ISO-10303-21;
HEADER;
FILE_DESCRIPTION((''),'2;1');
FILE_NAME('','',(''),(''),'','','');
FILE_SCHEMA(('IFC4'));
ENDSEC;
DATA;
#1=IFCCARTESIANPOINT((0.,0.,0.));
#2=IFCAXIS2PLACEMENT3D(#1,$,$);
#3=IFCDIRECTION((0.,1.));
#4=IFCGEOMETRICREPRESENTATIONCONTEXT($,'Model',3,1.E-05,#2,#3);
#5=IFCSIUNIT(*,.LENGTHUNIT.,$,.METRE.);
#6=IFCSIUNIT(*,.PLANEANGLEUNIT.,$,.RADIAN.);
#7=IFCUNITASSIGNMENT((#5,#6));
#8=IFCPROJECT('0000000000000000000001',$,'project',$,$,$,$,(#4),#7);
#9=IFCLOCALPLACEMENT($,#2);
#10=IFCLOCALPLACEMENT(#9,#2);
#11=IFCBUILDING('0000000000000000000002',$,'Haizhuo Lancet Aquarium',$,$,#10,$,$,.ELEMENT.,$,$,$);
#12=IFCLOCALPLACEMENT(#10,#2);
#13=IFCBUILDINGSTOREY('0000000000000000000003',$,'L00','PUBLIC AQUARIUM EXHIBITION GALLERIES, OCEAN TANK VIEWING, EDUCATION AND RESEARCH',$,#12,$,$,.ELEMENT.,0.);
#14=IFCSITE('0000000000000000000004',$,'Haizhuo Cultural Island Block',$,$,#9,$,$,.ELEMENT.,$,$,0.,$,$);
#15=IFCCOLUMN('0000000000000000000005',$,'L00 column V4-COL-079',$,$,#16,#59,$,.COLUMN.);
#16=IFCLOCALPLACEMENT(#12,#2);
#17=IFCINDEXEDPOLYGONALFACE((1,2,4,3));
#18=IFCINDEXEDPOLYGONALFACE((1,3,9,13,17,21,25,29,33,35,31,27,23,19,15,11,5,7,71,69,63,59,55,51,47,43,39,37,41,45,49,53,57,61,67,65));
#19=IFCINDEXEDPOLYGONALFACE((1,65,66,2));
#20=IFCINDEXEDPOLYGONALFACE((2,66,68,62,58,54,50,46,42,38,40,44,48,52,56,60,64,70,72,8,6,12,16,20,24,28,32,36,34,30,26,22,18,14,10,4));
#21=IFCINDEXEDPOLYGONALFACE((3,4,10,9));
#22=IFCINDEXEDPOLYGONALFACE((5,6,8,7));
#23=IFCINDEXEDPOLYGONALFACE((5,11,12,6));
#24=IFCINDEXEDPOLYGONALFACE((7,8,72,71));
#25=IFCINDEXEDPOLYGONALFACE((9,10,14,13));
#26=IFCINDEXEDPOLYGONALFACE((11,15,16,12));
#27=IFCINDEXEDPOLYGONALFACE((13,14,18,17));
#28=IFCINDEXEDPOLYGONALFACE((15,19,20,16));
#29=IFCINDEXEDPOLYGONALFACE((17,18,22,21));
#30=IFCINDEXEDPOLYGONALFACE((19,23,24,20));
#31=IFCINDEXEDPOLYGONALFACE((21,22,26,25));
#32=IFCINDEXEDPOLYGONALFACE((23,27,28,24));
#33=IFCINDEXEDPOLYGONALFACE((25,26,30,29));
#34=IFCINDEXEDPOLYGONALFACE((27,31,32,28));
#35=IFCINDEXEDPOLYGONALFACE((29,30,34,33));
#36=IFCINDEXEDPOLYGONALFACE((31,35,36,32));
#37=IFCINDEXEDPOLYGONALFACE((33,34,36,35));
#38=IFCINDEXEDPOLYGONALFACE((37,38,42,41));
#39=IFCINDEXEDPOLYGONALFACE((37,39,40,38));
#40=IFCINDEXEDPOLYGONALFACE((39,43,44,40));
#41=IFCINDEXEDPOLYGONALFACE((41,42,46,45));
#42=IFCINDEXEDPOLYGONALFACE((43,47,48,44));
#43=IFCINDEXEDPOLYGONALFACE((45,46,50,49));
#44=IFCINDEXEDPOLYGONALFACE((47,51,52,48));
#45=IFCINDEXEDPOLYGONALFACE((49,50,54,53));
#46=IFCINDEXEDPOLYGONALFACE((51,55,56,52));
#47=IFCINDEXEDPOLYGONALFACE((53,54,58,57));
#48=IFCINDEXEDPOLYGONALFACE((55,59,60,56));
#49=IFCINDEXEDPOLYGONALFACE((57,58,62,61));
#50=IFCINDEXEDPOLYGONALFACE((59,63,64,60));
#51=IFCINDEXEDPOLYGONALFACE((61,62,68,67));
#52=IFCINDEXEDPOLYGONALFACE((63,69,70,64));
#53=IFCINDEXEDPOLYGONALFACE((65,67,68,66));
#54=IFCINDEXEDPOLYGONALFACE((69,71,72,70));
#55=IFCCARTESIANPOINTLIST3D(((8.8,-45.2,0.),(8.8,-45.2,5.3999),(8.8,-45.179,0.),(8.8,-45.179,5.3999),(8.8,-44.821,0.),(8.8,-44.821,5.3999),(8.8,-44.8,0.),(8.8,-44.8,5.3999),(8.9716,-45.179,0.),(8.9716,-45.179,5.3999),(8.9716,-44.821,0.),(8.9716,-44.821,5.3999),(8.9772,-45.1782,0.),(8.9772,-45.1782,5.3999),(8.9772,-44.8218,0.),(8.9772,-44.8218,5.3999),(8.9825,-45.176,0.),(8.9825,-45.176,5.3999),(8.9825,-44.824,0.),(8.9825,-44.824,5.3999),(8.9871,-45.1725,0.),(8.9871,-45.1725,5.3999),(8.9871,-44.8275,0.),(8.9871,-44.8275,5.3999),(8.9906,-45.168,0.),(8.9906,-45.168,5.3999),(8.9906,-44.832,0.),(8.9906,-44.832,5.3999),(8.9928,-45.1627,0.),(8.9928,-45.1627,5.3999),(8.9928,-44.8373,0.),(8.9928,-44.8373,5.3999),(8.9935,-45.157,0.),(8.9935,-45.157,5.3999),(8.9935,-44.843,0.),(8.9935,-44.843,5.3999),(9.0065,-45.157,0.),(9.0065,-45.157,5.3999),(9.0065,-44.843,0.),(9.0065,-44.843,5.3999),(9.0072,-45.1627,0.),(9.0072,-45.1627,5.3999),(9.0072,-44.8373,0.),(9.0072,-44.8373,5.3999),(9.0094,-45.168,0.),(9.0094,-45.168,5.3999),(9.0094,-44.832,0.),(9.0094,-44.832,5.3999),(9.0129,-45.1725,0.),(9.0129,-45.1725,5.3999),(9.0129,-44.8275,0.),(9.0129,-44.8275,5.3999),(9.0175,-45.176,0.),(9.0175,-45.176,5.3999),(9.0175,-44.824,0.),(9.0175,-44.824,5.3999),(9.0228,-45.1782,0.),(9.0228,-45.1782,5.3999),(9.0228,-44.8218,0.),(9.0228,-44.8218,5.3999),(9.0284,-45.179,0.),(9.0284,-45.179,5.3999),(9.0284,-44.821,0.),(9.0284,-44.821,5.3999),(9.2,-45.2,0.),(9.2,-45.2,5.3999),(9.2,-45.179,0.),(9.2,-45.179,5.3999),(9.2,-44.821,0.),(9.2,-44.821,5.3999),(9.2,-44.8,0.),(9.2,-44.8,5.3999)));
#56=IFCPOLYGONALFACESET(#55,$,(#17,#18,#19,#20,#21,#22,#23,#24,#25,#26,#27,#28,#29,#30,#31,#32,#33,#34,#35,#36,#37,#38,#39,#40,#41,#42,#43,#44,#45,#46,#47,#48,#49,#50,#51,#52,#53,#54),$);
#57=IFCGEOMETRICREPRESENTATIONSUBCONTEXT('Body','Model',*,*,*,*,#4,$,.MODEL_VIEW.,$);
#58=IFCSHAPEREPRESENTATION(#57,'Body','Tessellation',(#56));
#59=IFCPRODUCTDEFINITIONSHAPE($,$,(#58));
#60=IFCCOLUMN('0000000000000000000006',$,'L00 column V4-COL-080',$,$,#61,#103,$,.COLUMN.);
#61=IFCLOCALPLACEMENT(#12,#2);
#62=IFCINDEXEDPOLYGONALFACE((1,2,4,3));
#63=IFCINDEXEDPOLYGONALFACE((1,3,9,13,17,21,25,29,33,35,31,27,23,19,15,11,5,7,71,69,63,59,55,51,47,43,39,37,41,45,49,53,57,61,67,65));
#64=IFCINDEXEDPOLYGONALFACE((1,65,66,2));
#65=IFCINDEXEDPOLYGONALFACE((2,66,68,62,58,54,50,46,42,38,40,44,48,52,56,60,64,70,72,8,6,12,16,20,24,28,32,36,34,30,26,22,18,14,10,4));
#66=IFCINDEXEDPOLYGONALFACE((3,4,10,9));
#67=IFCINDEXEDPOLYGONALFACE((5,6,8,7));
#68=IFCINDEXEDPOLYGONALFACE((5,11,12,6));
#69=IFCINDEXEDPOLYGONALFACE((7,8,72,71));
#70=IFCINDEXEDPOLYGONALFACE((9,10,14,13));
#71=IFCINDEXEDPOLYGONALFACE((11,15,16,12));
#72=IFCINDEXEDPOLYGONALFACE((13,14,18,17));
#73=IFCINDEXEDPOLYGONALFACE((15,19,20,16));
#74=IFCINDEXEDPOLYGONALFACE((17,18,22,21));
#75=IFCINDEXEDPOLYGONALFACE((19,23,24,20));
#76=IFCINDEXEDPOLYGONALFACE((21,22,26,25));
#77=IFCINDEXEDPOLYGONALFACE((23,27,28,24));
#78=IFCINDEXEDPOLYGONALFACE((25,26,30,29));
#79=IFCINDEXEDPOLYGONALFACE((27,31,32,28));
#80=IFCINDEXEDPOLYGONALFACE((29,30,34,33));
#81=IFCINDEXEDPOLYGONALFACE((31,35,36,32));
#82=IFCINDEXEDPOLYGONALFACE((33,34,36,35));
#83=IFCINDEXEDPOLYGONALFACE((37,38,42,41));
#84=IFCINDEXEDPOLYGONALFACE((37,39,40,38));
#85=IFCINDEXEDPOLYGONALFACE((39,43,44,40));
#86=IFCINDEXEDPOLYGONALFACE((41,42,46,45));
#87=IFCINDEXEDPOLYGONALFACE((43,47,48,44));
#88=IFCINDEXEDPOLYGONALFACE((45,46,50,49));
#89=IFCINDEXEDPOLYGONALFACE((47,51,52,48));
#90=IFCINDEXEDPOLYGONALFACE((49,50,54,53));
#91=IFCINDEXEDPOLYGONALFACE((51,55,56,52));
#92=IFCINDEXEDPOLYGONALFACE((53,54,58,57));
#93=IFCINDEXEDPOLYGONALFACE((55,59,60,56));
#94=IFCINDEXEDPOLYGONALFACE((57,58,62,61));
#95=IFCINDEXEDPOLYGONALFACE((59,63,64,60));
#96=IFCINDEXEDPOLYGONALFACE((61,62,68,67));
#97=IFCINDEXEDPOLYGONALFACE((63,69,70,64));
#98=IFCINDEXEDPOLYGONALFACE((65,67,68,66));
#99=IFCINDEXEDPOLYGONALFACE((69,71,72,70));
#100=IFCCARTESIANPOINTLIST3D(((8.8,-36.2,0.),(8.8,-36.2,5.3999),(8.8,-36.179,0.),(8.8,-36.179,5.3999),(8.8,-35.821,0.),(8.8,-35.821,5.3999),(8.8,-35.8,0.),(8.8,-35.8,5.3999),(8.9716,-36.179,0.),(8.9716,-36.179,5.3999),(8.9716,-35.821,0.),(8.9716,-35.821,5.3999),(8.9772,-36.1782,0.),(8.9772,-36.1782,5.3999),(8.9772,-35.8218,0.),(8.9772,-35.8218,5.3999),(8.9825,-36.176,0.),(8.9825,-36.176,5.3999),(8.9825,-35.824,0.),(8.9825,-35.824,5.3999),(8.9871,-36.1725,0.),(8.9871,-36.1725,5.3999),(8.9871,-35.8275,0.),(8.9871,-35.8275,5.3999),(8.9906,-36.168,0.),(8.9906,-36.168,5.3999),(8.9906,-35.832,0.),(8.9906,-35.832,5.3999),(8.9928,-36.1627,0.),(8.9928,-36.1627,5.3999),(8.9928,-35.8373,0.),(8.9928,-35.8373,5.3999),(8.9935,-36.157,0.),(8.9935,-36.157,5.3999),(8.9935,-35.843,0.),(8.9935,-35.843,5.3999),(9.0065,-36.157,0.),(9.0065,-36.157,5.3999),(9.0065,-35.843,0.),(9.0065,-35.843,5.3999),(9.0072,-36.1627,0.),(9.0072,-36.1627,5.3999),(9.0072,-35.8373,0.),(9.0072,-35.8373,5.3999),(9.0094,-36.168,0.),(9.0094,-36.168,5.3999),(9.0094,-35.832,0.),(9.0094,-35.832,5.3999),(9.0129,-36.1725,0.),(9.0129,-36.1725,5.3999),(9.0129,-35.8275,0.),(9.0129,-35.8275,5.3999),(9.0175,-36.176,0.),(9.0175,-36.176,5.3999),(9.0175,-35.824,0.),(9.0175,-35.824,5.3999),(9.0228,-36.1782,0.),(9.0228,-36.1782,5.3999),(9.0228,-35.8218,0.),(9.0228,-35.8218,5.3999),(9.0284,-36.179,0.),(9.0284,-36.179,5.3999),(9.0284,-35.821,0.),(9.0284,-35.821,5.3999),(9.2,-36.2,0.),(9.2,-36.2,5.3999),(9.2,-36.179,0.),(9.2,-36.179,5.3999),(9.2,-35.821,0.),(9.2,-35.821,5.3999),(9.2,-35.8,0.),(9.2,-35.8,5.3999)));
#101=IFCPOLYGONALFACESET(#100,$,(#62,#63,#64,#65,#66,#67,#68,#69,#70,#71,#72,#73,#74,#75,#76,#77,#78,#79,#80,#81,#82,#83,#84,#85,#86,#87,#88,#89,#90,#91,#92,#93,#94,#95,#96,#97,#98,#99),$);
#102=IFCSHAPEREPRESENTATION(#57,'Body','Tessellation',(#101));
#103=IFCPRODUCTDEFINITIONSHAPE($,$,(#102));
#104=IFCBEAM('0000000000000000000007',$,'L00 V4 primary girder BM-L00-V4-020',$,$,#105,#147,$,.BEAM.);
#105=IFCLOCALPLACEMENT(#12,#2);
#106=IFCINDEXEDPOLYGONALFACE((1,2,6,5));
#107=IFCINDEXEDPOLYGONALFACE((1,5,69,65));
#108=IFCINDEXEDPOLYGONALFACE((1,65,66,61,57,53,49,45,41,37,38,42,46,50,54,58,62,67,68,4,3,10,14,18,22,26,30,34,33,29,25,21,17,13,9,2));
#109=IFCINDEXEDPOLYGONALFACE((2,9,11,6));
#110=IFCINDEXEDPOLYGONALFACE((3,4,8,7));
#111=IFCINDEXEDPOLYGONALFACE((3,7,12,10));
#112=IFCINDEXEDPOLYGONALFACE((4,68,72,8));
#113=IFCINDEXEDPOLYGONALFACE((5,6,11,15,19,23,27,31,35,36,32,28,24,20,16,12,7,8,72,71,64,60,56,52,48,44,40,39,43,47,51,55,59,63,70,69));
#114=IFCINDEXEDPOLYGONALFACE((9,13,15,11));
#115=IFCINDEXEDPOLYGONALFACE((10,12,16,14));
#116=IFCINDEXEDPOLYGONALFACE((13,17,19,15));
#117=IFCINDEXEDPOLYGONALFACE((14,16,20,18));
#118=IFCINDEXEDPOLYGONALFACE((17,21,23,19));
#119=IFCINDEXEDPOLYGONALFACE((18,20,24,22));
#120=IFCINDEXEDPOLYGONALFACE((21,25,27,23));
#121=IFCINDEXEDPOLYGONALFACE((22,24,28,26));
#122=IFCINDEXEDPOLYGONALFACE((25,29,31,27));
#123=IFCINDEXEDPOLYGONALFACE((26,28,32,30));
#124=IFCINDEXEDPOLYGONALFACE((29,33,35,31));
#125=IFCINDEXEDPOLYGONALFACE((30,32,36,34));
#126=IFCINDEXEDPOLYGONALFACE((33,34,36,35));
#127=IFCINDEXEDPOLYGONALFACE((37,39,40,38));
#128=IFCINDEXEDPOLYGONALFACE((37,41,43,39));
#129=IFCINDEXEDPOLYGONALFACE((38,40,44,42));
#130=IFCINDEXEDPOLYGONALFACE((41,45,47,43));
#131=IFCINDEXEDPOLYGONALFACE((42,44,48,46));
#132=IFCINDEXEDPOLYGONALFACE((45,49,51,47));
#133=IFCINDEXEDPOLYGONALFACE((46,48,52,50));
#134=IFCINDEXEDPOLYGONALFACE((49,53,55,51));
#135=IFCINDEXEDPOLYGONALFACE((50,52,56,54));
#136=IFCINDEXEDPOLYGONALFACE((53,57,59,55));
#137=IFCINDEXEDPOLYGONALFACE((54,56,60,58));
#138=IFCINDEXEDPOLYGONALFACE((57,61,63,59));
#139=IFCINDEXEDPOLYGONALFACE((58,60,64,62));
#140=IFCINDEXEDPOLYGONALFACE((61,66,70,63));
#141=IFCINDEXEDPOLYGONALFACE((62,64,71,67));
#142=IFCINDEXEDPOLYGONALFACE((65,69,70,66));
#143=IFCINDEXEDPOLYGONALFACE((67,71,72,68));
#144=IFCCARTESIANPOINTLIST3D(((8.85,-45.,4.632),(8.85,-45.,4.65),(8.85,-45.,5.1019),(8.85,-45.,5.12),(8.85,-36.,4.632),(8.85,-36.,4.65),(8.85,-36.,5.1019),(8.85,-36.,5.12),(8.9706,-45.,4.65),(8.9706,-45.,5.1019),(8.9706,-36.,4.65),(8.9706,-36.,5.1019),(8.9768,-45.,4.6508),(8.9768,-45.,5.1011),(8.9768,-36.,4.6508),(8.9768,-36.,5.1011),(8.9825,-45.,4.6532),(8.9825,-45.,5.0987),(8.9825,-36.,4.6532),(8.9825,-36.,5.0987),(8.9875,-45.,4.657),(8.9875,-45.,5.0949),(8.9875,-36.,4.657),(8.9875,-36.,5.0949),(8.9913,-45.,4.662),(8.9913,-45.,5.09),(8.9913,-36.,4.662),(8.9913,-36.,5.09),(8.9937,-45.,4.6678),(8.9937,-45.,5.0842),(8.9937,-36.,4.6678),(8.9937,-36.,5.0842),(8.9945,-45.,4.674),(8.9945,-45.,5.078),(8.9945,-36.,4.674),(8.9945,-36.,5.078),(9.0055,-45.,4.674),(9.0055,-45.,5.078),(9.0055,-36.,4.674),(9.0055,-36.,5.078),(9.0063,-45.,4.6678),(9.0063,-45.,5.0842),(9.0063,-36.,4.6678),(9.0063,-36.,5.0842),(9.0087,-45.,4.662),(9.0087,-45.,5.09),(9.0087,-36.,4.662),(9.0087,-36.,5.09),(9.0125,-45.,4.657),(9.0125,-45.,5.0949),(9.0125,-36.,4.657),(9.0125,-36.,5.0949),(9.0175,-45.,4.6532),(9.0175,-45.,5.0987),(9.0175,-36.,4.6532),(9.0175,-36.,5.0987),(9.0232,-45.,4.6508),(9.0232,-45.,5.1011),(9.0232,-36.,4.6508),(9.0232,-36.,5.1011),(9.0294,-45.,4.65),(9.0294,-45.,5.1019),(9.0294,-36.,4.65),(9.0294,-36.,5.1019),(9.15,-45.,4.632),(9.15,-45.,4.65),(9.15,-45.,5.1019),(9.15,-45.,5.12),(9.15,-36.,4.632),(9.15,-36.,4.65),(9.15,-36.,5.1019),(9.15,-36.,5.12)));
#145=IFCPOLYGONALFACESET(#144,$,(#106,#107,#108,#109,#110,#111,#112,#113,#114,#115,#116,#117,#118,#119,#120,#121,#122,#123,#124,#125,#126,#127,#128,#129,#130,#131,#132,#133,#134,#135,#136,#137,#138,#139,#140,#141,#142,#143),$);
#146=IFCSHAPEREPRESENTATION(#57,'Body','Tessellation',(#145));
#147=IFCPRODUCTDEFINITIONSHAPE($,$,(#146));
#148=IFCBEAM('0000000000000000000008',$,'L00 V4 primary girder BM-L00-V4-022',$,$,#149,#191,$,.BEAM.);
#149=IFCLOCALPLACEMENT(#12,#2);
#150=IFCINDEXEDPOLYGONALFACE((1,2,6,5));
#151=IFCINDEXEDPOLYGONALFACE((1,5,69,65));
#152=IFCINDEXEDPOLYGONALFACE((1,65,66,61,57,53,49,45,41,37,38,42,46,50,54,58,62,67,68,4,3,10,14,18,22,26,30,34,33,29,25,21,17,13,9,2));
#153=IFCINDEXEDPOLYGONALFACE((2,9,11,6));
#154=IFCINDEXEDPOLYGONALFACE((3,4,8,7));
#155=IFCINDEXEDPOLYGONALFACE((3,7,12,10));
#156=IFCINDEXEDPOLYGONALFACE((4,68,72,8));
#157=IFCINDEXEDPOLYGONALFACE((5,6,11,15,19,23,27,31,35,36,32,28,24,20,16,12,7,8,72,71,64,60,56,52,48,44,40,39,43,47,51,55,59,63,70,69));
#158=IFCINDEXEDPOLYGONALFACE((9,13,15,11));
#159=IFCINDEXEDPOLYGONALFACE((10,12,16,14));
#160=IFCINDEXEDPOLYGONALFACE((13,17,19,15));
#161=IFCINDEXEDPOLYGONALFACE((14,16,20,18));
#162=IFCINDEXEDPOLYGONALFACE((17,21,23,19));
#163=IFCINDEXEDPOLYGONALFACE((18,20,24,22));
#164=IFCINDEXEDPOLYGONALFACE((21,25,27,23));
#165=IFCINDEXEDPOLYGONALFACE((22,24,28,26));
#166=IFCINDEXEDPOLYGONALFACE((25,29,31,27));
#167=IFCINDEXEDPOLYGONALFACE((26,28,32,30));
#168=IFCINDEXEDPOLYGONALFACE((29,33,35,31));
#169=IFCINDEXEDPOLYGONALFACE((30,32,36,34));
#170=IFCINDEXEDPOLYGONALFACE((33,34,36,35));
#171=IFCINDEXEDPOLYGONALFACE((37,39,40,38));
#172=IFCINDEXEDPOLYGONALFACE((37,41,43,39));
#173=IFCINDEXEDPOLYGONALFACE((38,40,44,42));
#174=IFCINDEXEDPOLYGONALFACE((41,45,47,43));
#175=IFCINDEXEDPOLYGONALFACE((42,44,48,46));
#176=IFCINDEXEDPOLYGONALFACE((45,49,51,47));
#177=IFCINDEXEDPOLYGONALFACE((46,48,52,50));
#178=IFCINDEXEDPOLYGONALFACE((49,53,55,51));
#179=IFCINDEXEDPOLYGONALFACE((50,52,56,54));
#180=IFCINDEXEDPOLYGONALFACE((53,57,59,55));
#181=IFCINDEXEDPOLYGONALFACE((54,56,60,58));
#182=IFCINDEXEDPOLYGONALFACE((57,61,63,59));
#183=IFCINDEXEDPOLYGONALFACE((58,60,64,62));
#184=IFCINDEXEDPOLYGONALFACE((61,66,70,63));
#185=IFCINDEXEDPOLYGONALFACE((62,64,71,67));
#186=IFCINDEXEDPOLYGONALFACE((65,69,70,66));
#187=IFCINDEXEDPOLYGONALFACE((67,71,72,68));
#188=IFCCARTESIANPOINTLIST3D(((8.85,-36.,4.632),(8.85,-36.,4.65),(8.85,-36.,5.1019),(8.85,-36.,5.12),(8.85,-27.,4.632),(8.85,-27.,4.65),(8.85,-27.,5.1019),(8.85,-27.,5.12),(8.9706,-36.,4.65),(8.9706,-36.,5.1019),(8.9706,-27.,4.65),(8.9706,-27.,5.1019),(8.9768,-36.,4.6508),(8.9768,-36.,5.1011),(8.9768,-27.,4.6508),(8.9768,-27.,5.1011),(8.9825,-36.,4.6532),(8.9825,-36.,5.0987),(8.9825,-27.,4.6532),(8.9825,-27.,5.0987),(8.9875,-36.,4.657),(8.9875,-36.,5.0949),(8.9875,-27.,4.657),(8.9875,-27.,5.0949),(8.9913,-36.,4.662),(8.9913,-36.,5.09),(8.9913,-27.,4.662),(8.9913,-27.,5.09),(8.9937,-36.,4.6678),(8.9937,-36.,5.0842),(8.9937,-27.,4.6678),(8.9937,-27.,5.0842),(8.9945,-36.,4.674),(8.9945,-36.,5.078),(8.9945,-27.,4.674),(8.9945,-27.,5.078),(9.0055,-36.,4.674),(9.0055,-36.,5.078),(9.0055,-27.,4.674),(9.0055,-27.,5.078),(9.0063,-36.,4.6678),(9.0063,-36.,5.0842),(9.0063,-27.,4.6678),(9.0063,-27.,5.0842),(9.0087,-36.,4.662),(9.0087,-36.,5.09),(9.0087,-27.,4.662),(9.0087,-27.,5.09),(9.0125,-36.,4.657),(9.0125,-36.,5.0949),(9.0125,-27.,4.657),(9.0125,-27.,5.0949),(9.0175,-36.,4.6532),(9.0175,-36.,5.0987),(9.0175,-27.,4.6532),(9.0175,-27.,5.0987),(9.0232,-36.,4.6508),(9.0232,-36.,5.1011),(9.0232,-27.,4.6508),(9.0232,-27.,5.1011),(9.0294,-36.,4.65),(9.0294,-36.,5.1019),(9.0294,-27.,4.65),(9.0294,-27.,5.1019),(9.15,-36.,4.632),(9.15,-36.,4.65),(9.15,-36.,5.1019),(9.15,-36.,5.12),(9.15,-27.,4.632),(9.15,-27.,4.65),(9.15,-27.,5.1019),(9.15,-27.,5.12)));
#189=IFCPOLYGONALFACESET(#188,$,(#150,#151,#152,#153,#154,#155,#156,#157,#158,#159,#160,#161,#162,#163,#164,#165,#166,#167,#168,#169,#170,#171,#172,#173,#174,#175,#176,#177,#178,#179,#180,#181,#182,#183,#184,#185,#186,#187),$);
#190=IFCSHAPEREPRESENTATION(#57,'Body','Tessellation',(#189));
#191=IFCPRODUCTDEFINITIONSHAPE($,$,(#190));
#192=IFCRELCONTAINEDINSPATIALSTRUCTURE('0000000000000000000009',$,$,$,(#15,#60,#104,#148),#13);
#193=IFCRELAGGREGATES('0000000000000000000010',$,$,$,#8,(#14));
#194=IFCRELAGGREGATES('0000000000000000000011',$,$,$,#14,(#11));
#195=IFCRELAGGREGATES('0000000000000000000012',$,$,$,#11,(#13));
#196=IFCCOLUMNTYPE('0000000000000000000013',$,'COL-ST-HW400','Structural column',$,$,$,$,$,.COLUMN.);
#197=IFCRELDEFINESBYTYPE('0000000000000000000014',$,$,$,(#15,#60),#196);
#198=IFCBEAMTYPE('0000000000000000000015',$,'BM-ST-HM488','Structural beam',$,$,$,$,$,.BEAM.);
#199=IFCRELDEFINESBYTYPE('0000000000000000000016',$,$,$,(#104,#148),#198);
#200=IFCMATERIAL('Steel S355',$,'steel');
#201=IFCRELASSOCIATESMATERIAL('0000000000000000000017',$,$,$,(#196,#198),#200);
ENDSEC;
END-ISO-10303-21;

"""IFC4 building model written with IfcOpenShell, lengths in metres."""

from ifc_helpers import new_model, si_unit, direction, frame, origin, origin_2d, place, context, subcontext, project, spatial, i_section, extrude, material, material_profile, profile_set, type_object, element, save


model = new_model("IFC4")

# Units and contexts
model_context = context("Model", 3, precision=1e-05, world=origin(), true_north=direction((0.0, 1.0)))
body_context = subcontext(model_context, "Body", "Model", "MODEL_VIEW")
ifc_project = project(units=[si_unit("LENGTHUNIT", "METRE"), si_unit("PLANEANGLEUNIT", "RADIAN")], contexts=[model_context])

# Site, building, storey
site_placement = place(None, origin())
site = spatial("IfcSite", under=ifc_project, at=site_placement, Name="Haizhuo Cultural Island Block", CompositionType="ELEMENT", RefElevation=0.0)
building_placement = place(site_placement, origin())
building = spatial("IfcBuilding", under=site, at=building_placement, Name="Haizhuo Lancet Aquarium", CompositionType="ELEMENT")
storey_placement = place(building_placement, origin())
storey = spatial("IfcBuildingStorey", under=building, at=storey_placement, Name="L00", Description="PUBLIC AQUARIUM EXHIBITION GALLERIES, OCEAN TANK VIEWING, EDUCATION AND RESEARCH", CompositionType="ELEMENT", Elevation=0.0)

# Columns
ifc_material_1 = material(Name="Steel S355", Category="steel")
ifc_material_profile_1 = material_profile(ifc_material_1, i_section(OverallWidth=0.3999, OverallDepth=0.3999, WebThickness=0.0129, FlangeThickness=0.021, FilletRadius=0.022, at=origin_2d()), Name="HW 400x400x13x21")
ifc_profile_set_1 = profile_set([ifc_material_profile_1], Name="Steel S355")
column_type = type_object("IfcColumnType", Name="COL-ST-HW400", Description="Structural column", PredefinedType="COLUMN", material=ifc_profile_set_1)
for number, where, z_axis, x_axis, name in (
    (1, (9.0, -45.0, 0.0), (0.0, 0.0, 1.0), (1.0, 0.0, 0.0), "L00 column V4-COL-079"),
    (2, (9.0, -36.0, 0.0), (0.0, 0.0, 1.0), (1.0, 0.0, 0.0), "L00 column V4-COL-080"),
):
    element("IfcColumn", number, at=place(storey_placement, frame(where, z_axis=z_axis, x_axis=x_axis)), inside=storey, type_object=column_type, Name=name, PredefinedType="COLUMN", context=body_context, shape_type="SweptSolid", body=[
        extrude(i_section(OverallWidth=0.3999, OverallDepth=0.3999, WebThickness=0.0129, FlangeThickness=0.021, FilletRadius=0.022, at=origin_2d()), origin(), (0.0, 0.0, 1.0), 5.3999),
    ])

# Beams
ifc_material_profile_2 = material_profile(ifc_material_1, i_section(OverallWidth=0.3, OverallDepth=0.488, WebThickness=0.011, FlangeThickness=0.0181, FilletRadius=0.0239, at=origin_2d()), Name="HM 488x300x11x18")
ifc_profile_set_2 = profile_set([ifc_material_profile_2], Name="Steel S355")
beam_type_1 = type_object("IfcBeamType", Name="BM-ST-HM488", Description="Structural beam", PredefinedType="BEAM", material=ifc_profile_set_2)
for number, where, z_axis, x_axis, name in (
    (3, (9.0, -45.0, 4.876), (0.0, 1.0, 0.0), (-1.0, 0.0, 0.0), "L00 V4 primary girder BM-L00-V4-020"),
    (4, (9.0, -36.0, 4.876), (0.0, 1.0, 0.0), (-1.0, 0.0, 0.0), "L00 V4 primary girder BM-L00-V4-022"),
):
    element("IfcBeam", number, at=place(storey_placement, frame(where, z_axis=z_axis, x_axis=x_axis)), inside=storey, type_object=beam_type_1, Name=name, PredefinedType="BEAM", context=body_context, shape_type="SweptSolid", body=[
        extrude(i_section(OverallWidth=0.3, OverallDepth=0.488, WebThickness=0.011, FlangeThickness=0.0181, FilletRadius=0.0239, at=origin_2d()), origin(), (0.0, 0.0, 1.0), 9.0),
    ])

save(model, "model.ifc")
